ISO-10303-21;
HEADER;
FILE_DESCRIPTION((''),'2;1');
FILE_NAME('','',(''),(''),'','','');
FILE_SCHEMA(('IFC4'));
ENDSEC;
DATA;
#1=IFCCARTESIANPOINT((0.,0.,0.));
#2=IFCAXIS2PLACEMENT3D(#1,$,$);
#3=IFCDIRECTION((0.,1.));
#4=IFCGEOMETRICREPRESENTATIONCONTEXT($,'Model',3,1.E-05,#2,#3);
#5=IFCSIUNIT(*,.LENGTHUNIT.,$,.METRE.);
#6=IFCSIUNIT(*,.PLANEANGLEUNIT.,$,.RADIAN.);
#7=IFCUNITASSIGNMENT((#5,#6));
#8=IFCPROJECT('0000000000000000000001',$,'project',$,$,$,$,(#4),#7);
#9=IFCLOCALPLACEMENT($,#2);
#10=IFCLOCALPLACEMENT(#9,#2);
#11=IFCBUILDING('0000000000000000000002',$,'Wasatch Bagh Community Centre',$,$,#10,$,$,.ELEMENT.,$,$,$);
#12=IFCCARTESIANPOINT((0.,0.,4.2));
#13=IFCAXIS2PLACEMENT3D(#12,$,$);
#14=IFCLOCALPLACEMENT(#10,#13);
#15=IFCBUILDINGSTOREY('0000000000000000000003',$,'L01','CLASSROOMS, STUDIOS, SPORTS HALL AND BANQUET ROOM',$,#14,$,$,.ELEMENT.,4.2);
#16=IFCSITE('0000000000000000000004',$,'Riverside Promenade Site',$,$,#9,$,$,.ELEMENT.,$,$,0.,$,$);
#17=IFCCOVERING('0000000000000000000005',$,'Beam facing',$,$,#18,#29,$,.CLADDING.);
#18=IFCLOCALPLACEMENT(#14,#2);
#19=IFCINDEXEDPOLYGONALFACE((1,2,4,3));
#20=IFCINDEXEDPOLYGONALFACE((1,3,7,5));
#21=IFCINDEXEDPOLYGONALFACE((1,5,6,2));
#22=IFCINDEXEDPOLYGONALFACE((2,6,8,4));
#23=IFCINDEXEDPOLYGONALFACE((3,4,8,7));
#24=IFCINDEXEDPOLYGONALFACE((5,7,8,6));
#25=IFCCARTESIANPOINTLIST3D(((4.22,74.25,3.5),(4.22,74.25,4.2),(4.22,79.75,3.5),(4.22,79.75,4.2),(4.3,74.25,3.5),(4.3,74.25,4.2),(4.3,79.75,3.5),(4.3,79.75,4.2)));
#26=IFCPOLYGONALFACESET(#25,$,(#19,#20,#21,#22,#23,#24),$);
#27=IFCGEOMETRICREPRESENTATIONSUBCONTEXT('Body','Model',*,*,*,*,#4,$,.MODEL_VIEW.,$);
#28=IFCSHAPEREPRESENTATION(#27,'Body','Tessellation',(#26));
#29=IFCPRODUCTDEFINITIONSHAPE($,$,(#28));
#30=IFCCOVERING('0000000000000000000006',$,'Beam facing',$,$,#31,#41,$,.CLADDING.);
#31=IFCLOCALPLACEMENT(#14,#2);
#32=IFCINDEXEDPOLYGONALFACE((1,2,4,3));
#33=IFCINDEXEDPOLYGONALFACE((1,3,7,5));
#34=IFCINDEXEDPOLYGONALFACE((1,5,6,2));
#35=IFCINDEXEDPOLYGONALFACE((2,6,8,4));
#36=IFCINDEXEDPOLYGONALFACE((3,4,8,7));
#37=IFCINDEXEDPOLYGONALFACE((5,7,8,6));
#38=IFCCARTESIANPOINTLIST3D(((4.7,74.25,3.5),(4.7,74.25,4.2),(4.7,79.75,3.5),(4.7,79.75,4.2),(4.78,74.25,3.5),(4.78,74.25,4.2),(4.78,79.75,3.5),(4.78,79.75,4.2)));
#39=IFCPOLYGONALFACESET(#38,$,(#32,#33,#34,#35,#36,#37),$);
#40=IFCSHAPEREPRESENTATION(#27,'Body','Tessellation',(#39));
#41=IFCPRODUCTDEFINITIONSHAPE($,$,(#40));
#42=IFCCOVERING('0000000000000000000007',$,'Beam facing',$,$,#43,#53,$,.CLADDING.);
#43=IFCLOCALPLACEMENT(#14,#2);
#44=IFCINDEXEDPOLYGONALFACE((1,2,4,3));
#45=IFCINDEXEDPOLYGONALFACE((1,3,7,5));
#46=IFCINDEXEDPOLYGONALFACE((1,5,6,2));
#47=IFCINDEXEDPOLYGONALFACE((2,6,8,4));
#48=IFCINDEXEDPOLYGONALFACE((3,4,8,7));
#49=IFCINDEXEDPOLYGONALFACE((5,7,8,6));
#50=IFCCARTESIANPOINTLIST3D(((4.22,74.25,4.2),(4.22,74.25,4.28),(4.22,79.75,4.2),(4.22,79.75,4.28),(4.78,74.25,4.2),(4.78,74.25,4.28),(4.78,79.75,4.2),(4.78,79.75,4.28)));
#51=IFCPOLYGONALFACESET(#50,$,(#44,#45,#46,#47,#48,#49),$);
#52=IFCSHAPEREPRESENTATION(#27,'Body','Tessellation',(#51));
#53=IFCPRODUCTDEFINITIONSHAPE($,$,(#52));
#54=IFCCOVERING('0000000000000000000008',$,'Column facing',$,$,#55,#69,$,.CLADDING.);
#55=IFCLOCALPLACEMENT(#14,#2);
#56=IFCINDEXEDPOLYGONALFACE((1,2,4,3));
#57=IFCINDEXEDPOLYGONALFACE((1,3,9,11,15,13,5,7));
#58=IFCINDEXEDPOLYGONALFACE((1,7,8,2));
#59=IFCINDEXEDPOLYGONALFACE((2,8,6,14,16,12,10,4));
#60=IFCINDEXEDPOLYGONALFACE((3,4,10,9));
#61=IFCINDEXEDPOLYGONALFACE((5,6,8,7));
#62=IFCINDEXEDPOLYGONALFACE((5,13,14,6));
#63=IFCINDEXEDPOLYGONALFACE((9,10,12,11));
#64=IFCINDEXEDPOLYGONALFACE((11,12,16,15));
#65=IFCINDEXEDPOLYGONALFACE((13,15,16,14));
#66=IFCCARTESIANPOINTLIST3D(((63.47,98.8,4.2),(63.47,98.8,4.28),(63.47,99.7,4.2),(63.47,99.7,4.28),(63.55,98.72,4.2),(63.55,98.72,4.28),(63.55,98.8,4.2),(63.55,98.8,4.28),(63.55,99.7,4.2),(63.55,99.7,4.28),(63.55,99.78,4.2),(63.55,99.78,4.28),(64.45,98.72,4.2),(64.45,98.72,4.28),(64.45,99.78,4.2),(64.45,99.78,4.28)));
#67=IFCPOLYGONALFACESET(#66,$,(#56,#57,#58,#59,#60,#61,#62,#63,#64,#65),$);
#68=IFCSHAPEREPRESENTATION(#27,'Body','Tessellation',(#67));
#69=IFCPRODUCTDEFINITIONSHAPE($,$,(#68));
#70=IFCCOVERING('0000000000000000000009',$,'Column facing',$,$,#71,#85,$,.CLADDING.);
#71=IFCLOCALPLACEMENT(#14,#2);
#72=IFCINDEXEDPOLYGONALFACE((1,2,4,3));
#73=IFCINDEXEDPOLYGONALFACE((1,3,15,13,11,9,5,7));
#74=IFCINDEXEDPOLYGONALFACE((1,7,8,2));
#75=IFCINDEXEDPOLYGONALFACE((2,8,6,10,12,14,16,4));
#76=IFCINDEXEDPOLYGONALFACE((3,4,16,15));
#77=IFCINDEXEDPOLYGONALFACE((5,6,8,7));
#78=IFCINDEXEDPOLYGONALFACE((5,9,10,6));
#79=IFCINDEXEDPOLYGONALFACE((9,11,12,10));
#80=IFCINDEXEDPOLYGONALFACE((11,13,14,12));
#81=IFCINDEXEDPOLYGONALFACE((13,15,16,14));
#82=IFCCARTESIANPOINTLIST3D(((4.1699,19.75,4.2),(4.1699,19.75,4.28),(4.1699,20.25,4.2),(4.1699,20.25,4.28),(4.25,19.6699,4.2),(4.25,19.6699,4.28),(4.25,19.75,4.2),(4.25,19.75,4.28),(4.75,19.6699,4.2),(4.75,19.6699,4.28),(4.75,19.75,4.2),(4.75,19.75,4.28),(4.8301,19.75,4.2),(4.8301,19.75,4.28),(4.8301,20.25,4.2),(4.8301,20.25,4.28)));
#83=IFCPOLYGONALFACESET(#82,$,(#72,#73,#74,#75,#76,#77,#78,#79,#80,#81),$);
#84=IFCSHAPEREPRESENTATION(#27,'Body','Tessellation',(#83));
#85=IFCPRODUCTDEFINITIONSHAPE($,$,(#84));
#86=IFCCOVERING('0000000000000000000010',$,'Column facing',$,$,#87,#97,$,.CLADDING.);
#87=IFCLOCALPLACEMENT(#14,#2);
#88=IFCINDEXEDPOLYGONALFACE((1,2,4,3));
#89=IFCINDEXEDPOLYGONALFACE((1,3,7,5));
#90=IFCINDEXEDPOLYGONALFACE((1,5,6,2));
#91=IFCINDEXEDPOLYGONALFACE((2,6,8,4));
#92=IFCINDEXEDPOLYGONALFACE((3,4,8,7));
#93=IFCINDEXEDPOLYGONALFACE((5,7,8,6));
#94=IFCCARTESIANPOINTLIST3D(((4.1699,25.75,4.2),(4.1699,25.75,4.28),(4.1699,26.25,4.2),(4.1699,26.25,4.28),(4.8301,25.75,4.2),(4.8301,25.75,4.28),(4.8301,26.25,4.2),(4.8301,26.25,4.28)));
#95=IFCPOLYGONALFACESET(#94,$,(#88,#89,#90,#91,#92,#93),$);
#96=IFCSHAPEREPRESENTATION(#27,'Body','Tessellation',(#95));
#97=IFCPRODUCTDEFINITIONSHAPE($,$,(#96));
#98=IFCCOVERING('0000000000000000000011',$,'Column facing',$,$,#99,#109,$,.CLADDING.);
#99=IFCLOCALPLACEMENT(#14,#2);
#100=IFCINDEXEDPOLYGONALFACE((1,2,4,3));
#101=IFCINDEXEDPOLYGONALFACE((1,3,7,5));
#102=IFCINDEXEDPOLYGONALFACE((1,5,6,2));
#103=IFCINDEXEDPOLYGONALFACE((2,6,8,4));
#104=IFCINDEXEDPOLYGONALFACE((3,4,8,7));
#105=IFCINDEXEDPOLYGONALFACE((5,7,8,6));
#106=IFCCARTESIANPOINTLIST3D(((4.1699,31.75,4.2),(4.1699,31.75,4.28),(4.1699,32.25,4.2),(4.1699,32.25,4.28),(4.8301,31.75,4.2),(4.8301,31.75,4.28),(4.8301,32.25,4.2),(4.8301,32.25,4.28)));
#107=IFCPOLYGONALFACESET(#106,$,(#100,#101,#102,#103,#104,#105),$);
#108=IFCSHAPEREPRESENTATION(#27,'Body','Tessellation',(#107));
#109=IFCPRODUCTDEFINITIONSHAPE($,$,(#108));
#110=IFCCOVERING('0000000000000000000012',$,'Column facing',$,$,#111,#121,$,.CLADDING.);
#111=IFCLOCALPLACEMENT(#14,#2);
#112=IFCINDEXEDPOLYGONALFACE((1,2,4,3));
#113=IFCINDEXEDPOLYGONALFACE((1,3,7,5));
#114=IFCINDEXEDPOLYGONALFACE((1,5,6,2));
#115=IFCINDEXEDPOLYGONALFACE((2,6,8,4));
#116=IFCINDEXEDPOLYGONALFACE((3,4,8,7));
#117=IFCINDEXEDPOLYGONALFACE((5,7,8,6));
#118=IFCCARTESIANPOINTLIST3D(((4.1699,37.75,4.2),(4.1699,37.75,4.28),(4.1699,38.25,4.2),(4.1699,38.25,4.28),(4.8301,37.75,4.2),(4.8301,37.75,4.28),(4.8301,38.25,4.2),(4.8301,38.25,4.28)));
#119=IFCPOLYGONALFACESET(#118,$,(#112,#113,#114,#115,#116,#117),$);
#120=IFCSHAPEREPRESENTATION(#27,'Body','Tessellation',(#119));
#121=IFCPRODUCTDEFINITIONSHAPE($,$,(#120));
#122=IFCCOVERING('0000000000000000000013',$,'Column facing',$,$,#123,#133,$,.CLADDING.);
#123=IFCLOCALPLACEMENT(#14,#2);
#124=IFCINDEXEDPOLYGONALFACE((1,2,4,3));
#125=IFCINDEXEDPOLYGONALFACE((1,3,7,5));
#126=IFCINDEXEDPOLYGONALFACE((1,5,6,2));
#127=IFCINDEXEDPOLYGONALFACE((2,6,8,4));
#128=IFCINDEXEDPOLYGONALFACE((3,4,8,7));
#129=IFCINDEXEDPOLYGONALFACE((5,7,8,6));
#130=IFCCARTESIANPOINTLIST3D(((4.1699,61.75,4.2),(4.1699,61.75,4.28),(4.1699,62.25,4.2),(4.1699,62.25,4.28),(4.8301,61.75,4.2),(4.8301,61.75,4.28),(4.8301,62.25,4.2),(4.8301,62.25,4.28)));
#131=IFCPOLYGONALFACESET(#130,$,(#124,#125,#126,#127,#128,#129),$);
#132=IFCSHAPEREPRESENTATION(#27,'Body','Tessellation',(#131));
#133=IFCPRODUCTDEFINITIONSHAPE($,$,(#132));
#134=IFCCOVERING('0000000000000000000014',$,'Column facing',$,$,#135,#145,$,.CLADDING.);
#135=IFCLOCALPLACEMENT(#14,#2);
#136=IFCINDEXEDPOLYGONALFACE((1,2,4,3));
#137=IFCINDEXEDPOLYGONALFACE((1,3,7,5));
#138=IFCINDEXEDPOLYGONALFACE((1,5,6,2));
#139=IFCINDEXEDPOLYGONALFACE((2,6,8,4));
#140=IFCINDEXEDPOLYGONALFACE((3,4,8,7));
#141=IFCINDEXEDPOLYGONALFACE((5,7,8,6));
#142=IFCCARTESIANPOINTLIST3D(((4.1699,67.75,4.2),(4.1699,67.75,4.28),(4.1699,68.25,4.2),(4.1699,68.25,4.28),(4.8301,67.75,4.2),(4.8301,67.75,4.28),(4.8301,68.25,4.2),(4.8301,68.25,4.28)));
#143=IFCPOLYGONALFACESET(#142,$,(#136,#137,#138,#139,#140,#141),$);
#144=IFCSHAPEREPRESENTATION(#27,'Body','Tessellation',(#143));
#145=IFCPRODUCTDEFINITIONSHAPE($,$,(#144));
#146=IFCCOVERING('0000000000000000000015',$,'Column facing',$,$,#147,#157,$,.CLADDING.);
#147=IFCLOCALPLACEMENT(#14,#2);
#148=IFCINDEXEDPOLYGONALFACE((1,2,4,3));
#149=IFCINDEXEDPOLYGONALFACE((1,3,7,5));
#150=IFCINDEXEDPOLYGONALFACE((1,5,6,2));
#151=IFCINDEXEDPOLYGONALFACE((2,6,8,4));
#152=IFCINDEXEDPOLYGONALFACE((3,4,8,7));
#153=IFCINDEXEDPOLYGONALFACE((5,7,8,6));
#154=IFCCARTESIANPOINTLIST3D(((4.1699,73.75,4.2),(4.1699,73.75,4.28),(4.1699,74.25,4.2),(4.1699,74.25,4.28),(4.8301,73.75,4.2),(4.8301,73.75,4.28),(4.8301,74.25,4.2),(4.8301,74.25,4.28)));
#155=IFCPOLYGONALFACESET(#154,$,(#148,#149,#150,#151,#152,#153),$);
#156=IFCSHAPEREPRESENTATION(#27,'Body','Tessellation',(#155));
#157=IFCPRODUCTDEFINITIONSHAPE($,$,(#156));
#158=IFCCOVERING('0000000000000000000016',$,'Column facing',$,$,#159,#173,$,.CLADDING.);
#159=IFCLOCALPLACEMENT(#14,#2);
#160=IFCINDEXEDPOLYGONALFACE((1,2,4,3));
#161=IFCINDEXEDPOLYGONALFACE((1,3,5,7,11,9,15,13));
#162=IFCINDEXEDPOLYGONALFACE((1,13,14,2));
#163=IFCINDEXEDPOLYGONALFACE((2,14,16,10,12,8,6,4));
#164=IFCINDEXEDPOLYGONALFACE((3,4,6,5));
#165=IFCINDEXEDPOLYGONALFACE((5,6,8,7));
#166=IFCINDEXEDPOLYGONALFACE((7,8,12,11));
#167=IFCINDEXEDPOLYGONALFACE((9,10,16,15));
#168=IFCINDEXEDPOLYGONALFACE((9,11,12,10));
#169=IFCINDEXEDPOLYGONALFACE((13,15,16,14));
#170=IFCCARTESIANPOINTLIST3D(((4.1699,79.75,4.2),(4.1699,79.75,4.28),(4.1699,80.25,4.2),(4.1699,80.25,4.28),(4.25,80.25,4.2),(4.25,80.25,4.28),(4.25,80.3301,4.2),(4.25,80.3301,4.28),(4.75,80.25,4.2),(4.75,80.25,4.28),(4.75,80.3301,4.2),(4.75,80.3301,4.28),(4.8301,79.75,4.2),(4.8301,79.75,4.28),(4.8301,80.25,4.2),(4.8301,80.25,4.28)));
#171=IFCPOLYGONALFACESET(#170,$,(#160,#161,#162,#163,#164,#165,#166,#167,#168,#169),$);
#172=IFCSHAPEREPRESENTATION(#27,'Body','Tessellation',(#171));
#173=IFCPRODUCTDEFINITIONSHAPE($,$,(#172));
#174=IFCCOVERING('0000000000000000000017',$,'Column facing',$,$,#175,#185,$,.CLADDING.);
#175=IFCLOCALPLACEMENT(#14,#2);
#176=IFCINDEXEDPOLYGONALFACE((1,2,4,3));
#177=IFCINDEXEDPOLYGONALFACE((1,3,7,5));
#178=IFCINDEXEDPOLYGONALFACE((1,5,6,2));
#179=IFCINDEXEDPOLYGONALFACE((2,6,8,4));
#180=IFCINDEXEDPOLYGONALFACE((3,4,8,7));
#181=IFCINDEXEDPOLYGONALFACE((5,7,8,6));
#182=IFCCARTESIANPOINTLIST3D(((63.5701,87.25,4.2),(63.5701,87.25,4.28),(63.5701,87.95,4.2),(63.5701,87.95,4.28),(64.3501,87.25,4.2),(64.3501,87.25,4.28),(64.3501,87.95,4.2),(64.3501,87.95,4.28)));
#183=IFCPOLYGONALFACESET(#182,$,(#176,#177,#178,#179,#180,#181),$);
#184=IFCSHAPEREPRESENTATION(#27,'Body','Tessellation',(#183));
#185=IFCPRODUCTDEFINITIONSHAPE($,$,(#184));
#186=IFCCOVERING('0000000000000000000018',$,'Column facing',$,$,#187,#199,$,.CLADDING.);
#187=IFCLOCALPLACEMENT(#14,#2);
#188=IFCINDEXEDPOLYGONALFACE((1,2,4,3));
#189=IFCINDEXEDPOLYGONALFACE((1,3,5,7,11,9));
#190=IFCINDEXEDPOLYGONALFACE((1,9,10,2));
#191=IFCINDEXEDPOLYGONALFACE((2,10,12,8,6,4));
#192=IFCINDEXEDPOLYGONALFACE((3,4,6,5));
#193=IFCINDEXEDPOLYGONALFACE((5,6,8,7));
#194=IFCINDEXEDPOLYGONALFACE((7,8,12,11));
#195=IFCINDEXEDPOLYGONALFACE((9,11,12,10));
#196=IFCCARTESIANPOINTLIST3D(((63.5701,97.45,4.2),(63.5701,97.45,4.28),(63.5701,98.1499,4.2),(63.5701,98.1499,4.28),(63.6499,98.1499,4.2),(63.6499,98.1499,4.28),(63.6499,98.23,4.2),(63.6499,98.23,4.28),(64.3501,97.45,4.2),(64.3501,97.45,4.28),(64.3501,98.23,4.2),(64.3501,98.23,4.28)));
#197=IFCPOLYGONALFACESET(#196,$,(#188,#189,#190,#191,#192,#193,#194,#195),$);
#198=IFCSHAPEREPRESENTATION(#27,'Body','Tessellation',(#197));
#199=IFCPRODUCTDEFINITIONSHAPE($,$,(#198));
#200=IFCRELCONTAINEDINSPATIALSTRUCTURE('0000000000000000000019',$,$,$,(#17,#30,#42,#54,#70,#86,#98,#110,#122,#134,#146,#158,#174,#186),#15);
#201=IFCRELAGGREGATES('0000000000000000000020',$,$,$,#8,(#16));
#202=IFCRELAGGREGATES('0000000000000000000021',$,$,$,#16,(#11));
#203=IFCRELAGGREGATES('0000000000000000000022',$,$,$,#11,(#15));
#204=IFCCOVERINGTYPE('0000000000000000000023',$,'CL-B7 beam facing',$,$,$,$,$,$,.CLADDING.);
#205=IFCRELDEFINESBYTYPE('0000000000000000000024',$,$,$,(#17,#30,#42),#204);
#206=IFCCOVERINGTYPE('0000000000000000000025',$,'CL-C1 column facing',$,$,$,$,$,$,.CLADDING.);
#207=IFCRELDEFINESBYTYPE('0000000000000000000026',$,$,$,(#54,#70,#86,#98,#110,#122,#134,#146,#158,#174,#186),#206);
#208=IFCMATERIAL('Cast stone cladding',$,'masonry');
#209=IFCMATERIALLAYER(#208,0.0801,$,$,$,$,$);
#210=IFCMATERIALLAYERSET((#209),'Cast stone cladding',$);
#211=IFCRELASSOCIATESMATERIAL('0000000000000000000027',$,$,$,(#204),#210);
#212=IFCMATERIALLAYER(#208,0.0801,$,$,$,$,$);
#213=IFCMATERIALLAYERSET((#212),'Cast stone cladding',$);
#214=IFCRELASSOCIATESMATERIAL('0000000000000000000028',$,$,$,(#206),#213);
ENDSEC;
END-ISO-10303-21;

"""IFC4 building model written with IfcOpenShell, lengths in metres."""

from ifc_helpers import new_model, si_unit, direction, frame, origin, place, context, subcontext, project, spatial, polyline, outline, extrude, material, layer, layer_set, type_object, element, save


model = new_model("IFC4")

# Units and contexts
model_context = context("Model", 3, precision=1e-05, world=origin(), true_north=direction((0.0, 1.0)))
body_context = subcontext(model_context, "Body", "Model", "MODEL_VIEW")
ifc_project = project(units=[si_unit("LENGTHUNIT", "METRE"), si_unit("PLANEANGLEUNIT", "RADIAN")], contexts=[model_context])

# Site, building, storey
site_placement = place(None, origin())
site = spatial("IfcSite", under=ifc_project, at=site_placement, Name="Riverside Promenade Site", CompositionType="ELEMENT", RefElevation=0.0)
building_placement = place(site_placement, origin())
building = spatial("IfcBuilding", under=site, at=building_placement, Name="Wasatch Bagh Community Centre", CompositionType="ELEMENT")
storey_placement = place(building_placement, frame((0.0, 0.0, 4.2)))
storey = spatial("IfcBuildingStorey", under=building, at=storey_placement, Name="L01", Description="CLASSROOMS, STUDIOS, SPORTS HALL AND BANQUET ROOM", CompositionType="ELEMENT", Elevation=4.2)

# Coverings
ifc_material = material(Name="Cast stone cladding", Category="masonry")
ifc_layer_1 = layer(ifc_material, 0.0801)
ifc_layer_set_1 = layer_set([ifc_layer_1], Name="Cast stone cladding")
covering_type_1 = type_object("IfcCoveringType", Name="CL-B7 beam facing", PredefinedType="CLADDING", material=ifc_layer_set_1)
covering_1_placement = place(storey_placement, frame((0.0, 0.0, 3.5)))
element("IfcCovering", 1, at=covering_1_placement, inside=storey, type_object=covering_type_1, Name="Beam facing", PredefinedType="CLADDING", context=body_context, shape_type="SweptSolid", body=[
    extrude(outline(polyline([(4.3, 74.25), (4.3, 79.75), (4.22, 79.75), (4.22, 74.25), (4.3, 74.25)])), origin(), (0.0, 0.0, 1.0), 0.7),
])
covering_2_placement = place(storey_placement, frame((0.0, 0.0, 3.5)))
element("IfcCovering", 2, at=covering_2_placement, inside=storey, type_object=covering_type_1, Name="Beam facing", PredefinedType="CLADDING", context=body_context, shape_type="SweptSolid", body=[
    extrude(outline(polyline([(4.7, 74.25), (4.7, 79.75), (4.78, 79.75), (4.78, 74.25), (4.7, 74.25)])), origin(), (0.0, 0.0, 1.0), 0.7),
])
covering_3_placement = place(storey_placement, frame((0.0, 0.0, 4.2)))
element("IfcCovering", 3, at=covering_3_placement, inside=storey, type_object=covering_type_1, Name="Beam facing", PredefinedType="CLADDING", context=body_context, shape_type="SweptSolid", body=[
    extrude(outline(polyline([(4.78, 74.25), (4.78, 79.75), (4.22, 79.75), (4.22, 74.25), (4.78, 74.25)])), origin(), (0.0, 0.0, 1.0), 0.0801),
])
ifc_layer_2 = layer(ifc_material, 0.0801)
ifc_layer_set_2 = layer_set([ifc_layer_2], Name="Cast stone cladding")
covering_type_2 = type_object("IfcCoveringType", Name="CL-C1 column facing", PredefinedType="CLADDING", material=ifc_layer_set_2)
covering_4_placement = place(storey_placement, frame((0.0, 0.0, 4.2)))
element("IfcCovering", 4, at=covering_4_placement, inside=storey, type_object=covering_type_2, Name="Column facing", PredefinedType="CLADDING", context=body_context, shape_type="SweptSolid", body=[
    extrude(outline(polyline([(64.45, 98.72), (63.55, 98.72), (63.55, 98.8), (63.47, 98.8), (63.47, 99.7), (63.55, 99.7), (63.55, 99.78), (64.45, 99.78), (64.45, 98.72)])), origin(), (0.0, 0.0, 1.0), 0.0801),
])
covering_5_placement = place(storey_placement, frame((0.0, 0.0, 4.2)))
element("IfcCovering", 5, at=covering_5_placement, inside=storey, type_object=covering_type_2, Name="Column facing", PredefinedType="CLADDING", context=body_context, shape_type="SweptSolid", body=[
    extrude(outline(polyline([(4.75, 19.6699), (4.25, 19.6699), (4.25, 19.75), (4.1699, 19.75), (4.1699, 20.25), (4.8301, 20.25), (4.8301, 19.75), (4.75, 19.75), (4.75, 19.6699)])), origin(), (0.0, 0.0, 1.0), 0.0801),
])
covering_6_placement = place(storey_placement, frame((0.0, 0.0, 4.2)))
element("IfcCovering", 6, at=covering_6_placement, inside=storey, type_object=covering_type_2, Name="Column facing", PredefinedType="CLADDING", context=body_context, shape_type="SweptSolid", body=[
    extrude(outline(polyline([(4.1699, 25.75), (4.1699, 26.25), (4.8301, 26.25), (4.8301, 25.75), (4.1699, 25.75)])), origin(), (0.0, 0.0, 1.0), 0.0801),
])
covering_7_placement = place(storey_placement, frame((0.0, 0.0, 4.2)))
element("IfcCovering", 7, at=covering_7_placement, inside=storey, type_object=covering_type_2, Name="Column facing", PredefinedType="CLADDING", context=body_context, shape_type="SweptSolid", body=[
    extrude(outline(polyline([(4.1699, 31.75), (4.1699, 32.25), (4.8301, 32.25), (4.8301, 31.75), (4.1699, 31.75)])), origin(), (0.0, 0.0, 1.0), 0.0801),
])
covering_8_placement = place(storey_placement, frame((0.0, 0.0, 4.2)))
element("IfcCovering", 8, at=covering_8_placement, inside=storey, type_object=covering_type_2, Name="Column facing", PredefinedType="CLADDING", context=body_context, shape_type="SweptSolid", body=[
    extrude(outline(polyline([(4.1699, 37.75), (4.1699, 38.25), (4.8301, 38.25), (4.8301, 37.75), (4.1699, 37.75)])), origin(), (0.0, 0.0, 1.0), 0.0801),
])
covering_9_placement = place(storey_placement, frame((0.0, 0.0, 4.2)))
element("IfcCovering", 9, at=covering_9_placement, inside=storey, type_object=covering_type_2, Name="Column facing", PredefinedType="CLADDING", context=body_context, shape_type="SweptSolid", body=[
    extrude(outline(polyline([(4.1699, 61.75), (4.1699, 62.25), (4.8301, 62.25), (4.8301, 61.75), (4.1699, 61.75)])), origin(), (0.0, 0.0, 1.0), 0.0801),
])
covering_10_placement = place(storey_placement, frame((0.0, 0.0, 4.2)))
element("IfcCovering", 10, at=covering_10_placement, inside=storey, type_object=covering_type_2, Name="Column facing", PredefinedType="CLADDING", context=body_context, shape_type="SweptSolid", body=[
    extrude(outline(polyline([(4.1699, 67.75), (4.1699, 68.25), (4.8301, 68.25), (4.8301, 67.75), (4.1699, 67.75)])), origin(), (0.0, 0.0, 1.0), 0.0801),
])
covering_11_placement = place(storey_placement, frame((0.0, 0.0, 4.2)))
element("IfcCovering", 11, at=covering_11_placement, inside=storey, type_object=covering_type_2, Name="Column facing", PredefinedType="CLADDING", context=body_context, shape_type="SweptSolid", body=[
    extrude(outline(polyline([(4.1699, 73.75), (4.1699, 74.25), (4.8301, 74.25), (4.8301, 73.75), (4.1699, 73.75)])), origin(), (0.0, 0.0, 1.0), 0.0801),
])
covering_12_placement = place(storey_placement, frame((0.0, 0.0, 4.2)))
element("IfcCovering", 12, at=covering_12_placement, inside=storey, type_object=covering_type_2, Name="Column facing", PredefinedType="CLADDING", context=body_context, shape_type="SweptSolid", body=[
    extrude(outline(polyline([(4.1699, 80.25), (4.25, 80.25), (4.25, 80.3301), (4.75, 80.3301), (4.75, 80.25), (4.8301, 80.25), (4.8301, 79.75), (4.1699, 79.75), (4.1699, 80.25)])), origin(), (0.0, 0.0, 1.0), 0.0801),
])
covering_13_placement = place(storey_placement, frame((0.0, 0.0, 4.2)))
element("IfcCovering", 13, at=covering_13_placement, inside=storey, type_object=covering_type_2, Name="Column facing", PredefinedType="CLADDING", context=body_context, shape_type="SweptSolid", body=[
    extrude(outline(polyline([(63.5701, 87.25), (63.5701, 87.95), (64.3501, 87.95), (64.3501, 87.25), (63.5701, 87.25)])), origin(), (0.0, 0.0, 1.0), 0.0801),
])
covering_14_placement = place(storey_placement, frame((0.0, 0.0, 4.2)))
element("IfcCovering", 14, at=covering_14_placement, inside=storey, type_object=covering_type_2, Name="Column facing", PredefinedType="CLADDING", context=body_context, shape_type="SweptSolid", body=[
    extrude(outline(polyline([(63.5701, 97.45), (63.5701, 98.1499), (63.6499, 98.1499), (63.6499, 98.23), (64.3501, 98.23), (64.3501, 97.45), (63.5701, 97.45)])), origin(), (0.0, 0.0, 1.0), 0.0801),
])

save(model, "model.ifc")
